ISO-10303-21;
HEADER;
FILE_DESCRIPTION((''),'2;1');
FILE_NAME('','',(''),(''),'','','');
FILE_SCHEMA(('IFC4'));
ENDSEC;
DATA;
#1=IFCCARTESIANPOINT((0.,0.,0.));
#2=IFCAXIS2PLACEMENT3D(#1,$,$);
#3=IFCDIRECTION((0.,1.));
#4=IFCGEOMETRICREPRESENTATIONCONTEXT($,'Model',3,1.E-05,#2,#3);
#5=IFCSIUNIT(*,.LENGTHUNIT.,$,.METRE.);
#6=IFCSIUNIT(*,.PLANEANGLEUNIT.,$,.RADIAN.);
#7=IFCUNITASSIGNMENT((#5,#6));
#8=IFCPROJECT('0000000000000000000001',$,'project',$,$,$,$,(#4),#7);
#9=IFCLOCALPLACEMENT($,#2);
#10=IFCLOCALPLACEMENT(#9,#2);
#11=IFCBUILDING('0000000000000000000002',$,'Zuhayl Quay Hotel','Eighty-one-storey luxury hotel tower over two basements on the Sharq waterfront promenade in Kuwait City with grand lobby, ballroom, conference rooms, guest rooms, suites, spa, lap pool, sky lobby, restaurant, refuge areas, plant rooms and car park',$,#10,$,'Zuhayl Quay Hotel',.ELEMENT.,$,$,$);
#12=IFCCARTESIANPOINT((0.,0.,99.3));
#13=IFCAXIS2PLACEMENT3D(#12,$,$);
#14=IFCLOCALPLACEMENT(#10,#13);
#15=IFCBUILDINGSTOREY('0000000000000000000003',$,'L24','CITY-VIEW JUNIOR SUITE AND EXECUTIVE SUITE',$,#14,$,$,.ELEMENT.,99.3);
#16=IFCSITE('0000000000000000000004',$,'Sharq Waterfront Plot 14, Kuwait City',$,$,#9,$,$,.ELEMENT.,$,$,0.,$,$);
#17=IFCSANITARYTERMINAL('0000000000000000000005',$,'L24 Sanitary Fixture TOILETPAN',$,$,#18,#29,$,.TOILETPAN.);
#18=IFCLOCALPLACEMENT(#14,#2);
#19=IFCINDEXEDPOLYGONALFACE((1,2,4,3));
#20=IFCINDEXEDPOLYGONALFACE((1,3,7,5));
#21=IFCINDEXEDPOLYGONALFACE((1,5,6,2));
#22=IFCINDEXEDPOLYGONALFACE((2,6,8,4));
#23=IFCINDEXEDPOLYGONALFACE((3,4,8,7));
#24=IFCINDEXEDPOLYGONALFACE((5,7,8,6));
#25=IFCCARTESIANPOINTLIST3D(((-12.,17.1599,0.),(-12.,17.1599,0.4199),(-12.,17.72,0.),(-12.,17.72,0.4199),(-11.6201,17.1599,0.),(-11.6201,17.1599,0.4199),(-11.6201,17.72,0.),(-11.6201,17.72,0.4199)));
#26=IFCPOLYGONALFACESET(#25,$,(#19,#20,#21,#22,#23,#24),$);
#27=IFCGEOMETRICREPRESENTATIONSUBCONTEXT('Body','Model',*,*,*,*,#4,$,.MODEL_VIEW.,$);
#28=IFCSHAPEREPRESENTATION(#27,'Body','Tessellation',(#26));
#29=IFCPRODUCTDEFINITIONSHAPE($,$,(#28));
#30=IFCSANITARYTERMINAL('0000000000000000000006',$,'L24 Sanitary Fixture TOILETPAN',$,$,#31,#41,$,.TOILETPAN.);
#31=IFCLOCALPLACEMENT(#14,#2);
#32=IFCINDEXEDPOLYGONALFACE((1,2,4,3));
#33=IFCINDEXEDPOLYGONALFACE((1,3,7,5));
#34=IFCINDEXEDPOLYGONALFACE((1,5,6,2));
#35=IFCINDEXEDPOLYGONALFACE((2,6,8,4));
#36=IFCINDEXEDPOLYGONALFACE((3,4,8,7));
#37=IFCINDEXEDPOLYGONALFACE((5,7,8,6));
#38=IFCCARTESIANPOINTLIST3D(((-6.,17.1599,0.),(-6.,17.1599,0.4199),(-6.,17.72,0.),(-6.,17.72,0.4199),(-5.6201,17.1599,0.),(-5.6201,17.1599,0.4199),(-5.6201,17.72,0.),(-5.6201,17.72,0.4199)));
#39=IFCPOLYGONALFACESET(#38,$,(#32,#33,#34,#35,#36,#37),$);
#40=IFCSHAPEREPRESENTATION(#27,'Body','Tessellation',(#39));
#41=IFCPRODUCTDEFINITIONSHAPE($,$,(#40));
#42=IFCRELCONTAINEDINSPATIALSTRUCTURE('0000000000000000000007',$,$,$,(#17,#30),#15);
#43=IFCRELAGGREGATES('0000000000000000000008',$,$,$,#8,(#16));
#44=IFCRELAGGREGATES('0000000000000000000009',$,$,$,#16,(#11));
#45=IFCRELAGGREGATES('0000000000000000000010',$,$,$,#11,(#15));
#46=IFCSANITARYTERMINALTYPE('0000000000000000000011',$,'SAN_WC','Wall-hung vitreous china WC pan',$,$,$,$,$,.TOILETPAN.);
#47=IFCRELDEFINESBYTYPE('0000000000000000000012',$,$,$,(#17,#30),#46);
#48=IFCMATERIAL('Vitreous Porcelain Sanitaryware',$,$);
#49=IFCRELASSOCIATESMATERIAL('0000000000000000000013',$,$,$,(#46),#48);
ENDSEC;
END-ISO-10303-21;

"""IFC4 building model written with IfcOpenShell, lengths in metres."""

from ifc_helpers import new_model, si_unit, direction, frame, origin, origin_2d, place, context, subcontext, project, spatial, rectangle, extrude, material, type_object, element, save


model = new_model("IFC4")

# Units and contexts
model_context = context("Model", 3, precision=1e-05, world=origin(), true_north=direction((0.0, 1.0)))
body_context = subcontext(model_context, "Body", "Model", "MODEL_VIEW")
ifc_project = project(units=[si_unit("LENGTHUNIT", "METRE"), si_unit("PLANEANGLEUNIT", "RADIAN")], contexts=[model_context])

# Site, building, storey
site_placement = place(None, origin())
site = spatial("IfcSite", under=ifc_project, at=site_placement, Name="Sharq Waterfront Plot 14, Kuwait City", CompositionType="ELEMENT", RefElevation=0.0)
building_placement = place(site_placement, origin())
building = spatial("IfcBuilding", under=site, at=building_placement, Name="Zuhayl Quay Hotel", Description="Eighty-one-storey luxury hotel tower over two basements on the Sharq waterfront promenade in Kuwait City with grand lobby, ballroom, conference rooms, guest rooms, suites, spa, lap pool, sky lobby, restaurant, refuge areas, plant rooms and car park", LongName="Zuhayl Quay Hotel", CompositionType="ELEMENT")
storey_placement = place(building_placement, frame((0.0, 0.0, 99.3)))
storey = spatial("IfcBuildingStorey", under=building, at=storey_placement, Name="L24", Description="CITY-VIEW JUNIOR SUITE AND EXECUTIVE SUITE", CompositionType="ELEMENT", Elevation=99.3)

# Sanitary terminals
ifc_material_1 = material(Name="Vitreous Porcelain Sanitaryware")
sanitary_terminal_type_1 = type_object("IfcSanitaryTerminalType", Name="SAN_WC", Description="Wall-hung vitreous china WC pan", PredefinedType="TOILETPAN", material=ifc_material_1)
for number, where, z_axis, x_axis, name in (
    (1, (-11.8101, 17.4399, 0.0), (0.0, 0.0, 1.0), (1.0, 0.0, 0.0), "L24 Sanitary Fixture TOILETPAN"),
    (2, (-5.8101, 17.4399, 0.0), (0.0, 0.0, 1.0), (1.0, 0.0, 0.0), "L24 Sanitary Fixture TOILETPAN"),
):
    element("IfcSanitaryTerminal", number, at=place(storey_placement, frame(where, z_axis=z_axis, x_axis=x_axis)), inside=storey, type_object=sanitary_terminal_type_1, Name=name, PredefinedType="TOILETPAN", context=body_context, shape_type="SweptSolid", body=[
        extrude(rectangle(XDim=0.3799, YDim=0.5601, at=origin_2d()), origin(), (0.0, 0.0, 1.0), 0.4199),
    ])

save(model, "model.ifc")
